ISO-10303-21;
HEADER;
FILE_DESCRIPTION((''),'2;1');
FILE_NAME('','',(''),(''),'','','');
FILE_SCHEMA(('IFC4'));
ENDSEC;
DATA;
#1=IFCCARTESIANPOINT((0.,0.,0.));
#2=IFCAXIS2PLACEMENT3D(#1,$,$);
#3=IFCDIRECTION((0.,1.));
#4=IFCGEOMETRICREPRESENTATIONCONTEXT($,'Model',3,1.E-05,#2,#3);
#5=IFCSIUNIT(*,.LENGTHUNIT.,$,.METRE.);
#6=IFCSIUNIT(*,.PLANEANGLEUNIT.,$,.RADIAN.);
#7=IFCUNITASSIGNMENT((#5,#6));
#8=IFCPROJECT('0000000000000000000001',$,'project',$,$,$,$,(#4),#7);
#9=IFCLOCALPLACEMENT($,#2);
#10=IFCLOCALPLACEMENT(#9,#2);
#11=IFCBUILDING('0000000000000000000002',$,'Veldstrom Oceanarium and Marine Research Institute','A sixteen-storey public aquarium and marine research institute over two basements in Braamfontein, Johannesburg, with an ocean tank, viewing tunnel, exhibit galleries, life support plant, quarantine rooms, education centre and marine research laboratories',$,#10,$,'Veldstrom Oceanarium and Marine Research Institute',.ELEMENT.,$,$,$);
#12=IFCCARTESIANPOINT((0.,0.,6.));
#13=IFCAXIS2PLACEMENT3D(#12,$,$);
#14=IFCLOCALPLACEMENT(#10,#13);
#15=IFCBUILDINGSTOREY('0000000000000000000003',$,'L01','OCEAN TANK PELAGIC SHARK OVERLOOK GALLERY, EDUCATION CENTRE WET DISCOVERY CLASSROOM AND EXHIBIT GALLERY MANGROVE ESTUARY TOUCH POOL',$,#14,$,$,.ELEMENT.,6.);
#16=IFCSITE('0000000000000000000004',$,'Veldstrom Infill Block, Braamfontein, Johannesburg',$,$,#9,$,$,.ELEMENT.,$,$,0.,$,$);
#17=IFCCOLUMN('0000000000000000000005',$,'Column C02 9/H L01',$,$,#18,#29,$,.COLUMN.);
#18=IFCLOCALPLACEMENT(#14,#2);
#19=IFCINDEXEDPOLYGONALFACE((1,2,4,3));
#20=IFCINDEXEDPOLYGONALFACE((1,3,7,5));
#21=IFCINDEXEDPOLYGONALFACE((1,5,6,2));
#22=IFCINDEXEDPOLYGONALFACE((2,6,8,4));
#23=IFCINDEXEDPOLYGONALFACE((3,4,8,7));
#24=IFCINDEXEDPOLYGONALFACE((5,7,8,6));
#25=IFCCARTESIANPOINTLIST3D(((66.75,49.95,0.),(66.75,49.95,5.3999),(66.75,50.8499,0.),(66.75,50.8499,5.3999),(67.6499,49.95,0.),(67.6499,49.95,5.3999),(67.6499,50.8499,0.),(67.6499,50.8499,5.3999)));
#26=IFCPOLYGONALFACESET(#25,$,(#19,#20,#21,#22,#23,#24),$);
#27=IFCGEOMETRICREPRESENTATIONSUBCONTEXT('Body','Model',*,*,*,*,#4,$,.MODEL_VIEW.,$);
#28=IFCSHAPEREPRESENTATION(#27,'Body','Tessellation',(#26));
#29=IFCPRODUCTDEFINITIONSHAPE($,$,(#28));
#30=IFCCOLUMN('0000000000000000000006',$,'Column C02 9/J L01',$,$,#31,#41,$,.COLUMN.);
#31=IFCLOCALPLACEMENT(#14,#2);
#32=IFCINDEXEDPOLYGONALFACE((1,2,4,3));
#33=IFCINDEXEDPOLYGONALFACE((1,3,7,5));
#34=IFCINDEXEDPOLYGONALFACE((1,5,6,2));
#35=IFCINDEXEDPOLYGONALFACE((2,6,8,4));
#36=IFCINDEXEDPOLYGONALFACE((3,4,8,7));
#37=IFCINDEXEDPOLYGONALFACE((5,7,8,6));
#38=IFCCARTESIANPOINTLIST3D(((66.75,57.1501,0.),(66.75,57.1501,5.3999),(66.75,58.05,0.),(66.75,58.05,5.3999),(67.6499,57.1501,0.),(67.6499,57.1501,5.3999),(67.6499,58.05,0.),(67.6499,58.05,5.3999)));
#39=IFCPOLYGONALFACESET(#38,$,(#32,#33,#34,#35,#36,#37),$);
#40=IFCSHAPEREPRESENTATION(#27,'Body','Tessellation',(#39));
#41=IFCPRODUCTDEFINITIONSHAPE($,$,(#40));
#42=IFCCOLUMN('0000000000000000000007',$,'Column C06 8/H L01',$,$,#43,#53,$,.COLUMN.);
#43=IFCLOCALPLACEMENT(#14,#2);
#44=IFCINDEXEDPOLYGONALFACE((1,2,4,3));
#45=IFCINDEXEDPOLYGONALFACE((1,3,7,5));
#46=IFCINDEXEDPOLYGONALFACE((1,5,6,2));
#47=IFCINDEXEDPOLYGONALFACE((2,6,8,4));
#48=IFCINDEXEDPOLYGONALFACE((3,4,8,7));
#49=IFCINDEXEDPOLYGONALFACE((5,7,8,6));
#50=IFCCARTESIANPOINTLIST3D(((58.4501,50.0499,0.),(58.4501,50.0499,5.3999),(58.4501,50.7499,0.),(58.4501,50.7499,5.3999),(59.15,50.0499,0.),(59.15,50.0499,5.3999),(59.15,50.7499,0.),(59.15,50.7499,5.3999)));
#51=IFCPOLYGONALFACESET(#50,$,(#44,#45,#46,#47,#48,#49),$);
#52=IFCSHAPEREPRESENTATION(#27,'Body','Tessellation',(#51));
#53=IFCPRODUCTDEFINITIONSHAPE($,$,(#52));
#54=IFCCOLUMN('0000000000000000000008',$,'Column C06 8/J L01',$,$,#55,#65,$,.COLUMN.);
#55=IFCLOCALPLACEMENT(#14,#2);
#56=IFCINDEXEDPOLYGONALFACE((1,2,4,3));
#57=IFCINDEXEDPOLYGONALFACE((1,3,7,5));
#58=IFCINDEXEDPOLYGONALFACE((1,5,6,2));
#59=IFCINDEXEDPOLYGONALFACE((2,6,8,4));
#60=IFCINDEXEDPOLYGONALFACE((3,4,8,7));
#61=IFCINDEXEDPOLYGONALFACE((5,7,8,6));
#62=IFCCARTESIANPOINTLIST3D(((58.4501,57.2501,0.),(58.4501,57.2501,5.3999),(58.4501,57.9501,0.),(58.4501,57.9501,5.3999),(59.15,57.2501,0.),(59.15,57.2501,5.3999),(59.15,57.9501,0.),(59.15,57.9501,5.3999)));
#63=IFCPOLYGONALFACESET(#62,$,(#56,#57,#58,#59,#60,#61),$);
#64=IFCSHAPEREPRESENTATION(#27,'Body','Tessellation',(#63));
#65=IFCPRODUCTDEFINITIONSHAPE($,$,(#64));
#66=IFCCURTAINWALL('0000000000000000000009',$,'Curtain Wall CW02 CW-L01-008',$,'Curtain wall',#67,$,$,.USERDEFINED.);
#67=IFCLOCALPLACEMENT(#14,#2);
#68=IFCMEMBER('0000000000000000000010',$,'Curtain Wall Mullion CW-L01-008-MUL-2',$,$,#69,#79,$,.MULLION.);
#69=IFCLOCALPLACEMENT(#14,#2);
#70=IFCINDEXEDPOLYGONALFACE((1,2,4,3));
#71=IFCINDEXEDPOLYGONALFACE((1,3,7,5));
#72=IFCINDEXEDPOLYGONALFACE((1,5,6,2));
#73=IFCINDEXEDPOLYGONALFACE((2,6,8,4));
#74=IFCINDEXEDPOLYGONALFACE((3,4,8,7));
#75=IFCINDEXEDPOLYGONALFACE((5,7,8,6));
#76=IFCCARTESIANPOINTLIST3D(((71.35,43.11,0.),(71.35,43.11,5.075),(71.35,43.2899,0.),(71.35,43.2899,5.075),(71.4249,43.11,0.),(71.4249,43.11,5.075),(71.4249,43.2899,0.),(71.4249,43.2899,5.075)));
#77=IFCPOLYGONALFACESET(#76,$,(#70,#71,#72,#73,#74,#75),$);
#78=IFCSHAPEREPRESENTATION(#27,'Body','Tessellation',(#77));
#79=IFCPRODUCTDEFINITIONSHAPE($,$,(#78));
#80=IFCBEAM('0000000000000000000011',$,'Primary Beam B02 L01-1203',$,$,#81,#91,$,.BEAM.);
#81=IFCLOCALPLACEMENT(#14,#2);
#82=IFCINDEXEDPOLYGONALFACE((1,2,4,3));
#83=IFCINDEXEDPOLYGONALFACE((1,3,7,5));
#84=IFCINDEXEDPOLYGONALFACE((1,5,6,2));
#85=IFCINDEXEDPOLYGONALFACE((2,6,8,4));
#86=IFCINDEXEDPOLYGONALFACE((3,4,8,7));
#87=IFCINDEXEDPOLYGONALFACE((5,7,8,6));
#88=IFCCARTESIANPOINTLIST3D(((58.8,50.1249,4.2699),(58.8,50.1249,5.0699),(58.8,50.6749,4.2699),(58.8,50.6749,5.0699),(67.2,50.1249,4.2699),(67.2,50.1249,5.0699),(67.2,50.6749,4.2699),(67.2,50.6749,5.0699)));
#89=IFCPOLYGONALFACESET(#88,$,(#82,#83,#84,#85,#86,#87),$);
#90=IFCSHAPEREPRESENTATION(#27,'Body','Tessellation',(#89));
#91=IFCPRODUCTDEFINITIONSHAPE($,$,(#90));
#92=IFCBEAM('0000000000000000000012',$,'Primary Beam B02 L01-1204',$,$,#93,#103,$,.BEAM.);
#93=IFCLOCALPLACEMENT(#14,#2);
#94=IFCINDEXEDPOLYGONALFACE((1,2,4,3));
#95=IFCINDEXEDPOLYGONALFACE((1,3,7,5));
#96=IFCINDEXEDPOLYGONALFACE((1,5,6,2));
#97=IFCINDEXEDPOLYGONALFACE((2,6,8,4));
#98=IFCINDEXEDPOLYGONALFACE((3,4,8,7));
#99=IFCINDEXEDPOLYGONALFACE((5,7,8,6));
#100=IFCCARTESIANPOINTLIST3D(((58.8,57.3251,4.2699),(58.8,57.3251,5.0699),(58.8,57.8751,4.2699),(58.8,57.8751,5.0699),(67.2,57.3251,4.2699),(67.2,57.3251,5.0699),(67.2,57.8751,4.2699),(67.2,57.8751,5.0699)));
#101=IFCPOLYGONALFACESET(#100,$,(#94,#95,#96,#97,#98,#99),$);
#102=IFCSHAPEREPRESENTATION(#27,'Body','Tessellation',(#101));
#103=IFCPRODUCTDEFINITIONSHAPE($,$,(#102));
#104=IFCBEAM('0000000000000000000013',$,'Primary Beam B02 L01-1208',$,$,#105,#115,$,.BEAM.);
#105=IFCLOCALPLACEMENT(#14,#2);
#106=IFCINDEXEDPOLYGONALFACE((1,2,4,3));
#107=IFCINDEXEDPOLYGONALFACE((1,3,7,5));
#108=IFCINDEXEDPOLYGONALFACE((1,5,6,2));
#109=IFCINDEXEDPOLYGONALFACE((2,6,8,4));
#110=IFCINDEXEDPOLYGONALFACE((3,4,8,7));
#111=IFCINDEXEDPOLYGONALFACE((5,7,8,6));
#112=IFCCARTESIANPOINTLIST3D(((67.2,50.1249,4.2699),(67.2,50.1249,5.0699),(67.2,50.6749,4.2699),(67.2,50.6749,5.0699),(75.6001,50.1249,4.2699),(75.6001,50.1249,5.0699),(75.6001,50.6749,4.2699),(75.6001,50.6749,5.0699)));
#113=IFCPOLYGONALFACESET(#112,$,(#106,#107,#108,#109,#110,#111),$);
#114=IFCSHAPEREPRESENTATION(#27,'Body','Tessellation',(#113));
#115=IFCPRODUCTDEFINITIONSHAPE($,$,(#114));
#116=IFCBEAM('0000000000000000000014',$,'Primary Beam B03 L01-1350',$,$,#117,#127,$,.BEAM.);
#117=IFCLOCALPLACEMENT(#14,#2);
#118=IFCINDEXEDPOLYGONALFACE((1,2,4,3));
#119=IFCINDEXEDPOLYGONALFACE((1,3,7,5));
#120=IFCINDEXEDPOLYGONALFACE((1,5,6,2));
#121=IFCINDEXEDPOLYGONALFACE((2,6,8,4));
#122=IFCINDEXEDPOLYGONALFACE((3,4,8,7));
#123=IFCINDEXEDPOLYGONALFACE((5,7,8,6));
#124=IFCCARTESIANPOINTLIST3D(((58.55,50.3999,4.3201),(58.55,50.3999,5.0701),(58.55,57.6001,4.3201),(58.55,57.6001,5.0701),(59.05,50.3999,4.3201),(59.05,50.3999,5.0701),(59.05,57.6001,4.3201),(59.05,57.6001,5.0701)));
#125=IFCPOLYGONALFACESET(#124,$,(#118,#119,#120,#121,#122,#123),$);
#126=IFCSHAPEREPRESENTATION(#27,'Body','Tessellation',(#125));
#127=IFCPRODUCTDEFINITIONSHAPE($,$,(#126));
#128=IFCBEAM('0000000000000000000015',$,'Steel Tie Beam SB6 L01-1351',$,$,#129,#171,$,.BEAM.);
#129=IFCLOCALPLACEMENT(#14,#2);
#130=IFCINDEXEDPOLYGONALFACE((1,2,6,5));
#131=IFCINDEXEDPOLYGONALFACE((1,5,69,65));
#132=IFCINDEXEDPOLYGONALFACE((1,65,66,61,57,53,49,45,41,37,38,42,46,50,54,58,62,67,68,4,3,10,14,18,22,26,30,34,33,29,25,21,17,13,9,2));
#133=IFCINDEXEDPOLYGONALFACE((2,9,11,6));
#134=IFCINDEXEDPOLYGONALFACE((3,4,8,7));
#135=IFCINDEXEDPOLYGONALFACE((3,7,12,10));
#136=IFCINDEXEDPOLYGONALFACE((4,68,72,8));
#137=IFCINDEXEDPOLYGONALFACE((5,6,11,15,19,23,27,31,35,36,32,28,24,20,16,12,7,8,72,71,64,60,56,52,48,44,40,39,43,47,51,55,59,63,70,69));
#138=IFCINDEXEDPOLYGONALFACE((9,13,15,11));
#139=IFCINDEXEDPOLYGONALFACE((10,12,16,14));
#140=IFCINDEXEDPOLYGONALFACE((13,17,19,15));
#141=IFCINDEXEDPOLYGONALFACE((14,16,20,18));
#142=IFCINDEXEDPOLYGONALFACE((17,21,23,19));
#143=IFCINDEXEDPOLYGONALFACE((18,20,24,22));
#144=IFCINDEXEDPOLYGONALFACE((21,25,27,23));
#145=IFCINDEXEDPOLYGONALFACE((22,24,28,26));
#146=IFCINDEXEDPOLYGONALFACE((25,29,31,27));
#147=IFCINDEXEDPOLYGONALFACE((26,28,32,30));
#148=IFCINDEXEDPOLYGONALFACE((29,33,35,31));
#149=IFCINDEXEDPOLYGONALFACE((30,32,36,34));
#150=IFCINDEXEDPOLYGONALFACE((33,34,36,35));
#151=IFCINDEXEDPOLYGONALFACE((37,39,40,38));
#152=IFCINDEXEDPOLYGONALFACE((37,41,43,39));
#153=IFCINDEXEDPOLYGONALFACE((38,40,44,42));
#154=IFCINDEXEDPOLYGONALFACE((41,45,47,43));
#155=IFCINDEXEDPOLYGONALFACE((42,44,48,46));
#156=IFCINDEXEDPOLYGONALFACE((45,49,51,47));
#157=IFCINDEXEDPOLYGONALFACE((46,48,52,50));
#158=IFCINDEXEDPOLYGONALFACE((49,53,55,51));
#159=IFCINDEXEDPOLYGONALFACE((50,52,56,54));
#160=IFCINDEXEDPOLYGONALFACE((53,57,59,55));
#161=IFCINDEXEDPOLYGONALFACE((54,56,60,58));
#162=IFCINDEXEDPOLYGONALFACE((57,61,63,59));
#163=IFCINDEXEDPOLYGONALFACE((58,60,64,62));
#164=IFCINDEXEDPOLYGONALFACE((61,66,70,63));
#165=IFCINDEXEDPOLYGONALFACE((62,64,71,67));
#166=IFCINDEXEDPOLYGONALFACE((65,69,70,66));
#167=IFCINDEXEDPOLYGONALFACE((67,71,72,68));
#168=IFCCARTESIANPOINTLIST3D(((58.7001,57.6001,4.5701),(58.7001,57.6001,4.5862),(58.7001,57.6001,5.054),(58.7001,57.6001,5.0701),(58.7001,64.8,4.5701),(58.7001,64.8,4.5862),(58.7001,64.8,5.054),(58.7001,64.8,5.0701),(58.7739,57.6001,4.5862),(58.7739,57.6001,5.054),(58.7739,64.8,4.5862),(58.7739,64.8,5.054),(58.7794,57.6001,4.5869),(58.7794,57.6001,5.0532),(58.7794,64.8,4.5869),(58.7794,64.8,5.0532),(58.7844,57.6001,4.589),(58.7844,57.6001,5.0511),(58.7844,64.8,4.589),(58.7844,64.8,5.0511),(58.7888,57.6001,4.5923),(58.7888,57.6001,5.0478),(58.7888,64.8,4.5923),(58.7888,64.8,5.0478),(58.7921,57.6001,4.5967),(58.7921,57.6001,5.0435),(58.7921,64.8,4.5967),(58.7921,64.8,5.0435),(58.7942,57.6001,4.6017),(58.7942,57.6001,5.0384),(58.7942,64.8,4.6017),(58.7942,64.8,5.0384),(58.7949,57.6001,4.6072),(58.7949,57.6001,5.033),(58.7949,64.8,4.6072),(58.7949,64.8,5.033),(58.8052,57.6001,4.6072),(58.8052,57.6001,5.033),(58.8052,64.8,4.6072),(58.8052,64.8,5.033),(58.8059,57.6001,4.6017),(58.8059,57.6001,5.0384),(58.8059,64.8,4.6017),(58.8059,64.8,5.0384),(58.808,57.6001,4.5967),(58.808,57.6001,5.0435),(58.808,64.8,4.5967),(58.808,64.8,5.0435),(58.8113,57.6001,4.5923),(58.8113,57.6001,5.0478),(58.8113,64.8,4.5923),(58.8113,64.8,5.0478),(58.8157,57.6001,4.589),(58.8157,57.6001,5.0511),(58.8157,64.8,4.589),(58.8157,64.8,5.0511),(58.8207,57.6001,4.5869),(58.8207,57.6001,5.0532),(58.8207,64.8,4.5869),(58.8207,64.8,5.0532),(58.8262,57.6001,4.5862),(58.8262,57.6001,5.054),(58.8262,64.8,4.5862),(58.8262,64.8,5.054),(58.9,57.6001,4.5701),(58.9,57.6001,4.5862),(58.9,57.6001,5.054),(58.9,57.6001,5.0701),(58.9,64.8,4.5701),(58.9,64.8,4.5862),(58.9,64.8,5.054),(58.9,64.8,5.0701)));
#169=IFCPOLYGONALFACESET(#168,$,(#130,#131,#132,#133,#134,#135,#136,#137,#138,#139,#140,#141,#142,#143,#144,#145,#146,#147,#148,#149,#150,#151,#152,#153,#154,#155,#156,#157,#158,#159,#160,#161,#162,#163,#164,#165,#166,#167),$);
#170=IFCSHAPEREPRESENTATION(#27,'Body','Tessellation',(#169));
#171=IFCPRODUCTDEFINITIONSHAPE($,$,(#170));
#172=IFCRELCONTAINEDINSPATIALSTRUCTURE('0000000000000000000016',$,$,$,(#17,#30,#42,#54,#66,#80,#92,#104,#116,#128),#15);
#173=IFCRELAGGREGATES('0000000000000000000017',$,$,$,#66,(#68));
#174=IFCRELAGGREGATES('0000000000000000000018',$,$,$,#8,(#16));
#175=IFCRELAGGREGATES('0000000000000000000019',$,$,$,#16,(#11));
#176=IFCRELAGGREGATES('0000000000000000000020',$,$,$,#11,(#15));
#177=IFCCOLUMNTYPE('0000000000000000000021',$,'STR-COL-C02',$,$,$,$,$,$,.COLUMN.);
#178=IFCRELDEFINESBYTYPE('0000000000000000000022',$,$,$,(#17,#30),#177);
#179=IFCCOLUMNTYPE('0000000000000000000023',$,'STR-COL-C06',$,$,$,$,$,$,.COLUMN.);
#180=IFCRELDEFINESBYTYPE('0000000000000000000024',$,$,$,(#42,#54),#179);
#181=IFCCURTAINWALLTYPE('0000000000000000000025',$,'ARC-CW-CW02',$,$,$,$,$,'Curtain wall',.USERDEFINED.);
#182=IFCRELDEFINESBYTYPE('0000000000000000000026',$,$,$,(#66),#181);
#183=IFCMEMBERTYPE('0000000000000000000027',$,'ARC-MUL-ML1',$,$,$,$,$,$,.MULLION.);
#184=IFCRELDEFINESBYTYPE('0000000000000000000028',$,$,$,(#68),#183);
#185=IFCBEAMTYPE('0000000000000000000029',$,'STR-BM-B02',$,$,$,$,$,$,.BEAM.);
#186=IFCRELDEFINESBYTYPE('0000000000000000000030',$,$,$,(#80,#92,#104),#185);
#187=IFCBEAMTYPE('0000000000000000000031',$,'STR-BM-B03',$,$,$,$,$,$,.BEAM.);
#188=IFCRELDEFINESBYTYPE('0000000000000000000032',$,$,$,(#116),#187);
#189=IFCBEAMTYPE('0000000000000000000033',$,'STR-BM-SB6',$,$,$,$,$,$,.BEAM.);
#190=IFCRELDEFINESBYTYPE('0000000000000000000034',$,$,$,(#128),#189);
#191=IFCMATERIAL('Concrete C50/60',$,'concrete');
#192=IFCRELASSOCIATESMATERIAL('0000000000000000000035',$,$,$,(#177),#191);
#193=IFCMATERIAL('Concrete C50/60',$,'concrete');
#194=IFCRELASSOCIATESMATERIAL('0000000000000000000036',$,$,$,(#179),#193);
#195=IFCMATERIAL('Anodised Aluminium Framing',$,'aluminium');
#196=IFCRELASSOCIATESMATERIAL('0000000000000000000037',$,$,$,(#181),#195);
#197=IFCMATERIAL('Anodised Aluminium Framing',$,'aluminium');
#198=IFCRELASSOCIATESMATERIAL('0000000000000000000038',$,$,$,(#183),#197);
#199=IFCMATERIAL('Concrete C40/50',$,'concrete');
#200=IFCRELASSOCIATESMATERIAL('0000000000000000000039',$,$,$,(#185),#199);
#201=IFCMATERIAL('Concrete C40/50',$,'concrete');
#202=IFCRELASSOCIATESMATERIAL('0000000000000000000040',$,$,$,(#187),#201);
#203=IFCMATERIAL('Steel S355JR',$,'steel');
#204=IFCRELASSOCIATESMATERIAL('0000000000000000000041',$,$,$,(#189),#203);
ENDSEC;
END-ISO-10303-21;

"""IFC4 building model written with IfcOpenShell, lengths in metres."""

from ifc_helpers import new_model, si_unit, direction, frame, origin, origin_2d, place, context, subcontext, project, spatial, rectangle, i_section, extrude, material, material_profile, profile_set, type_object, element, aggregate, save


model = new_model("IFC4")

# Units and contexts
model_context = context("Model", 3, precision=1e-05, world=origin(), true_north=direction((0.0, 1.0)))
body_context = subcontext(model_context, "Body", "Model", "MODEL_VIEW")
ifc_project = project(units=[si_unit("LENGTHUNIT", "METRE"), si_unit("PLANEANGLEUNIT", "RADIAN")], contexts=[model_context])

# Site, building, storey
site_placement = place(None, origin())
site = spatial("IfcSite", under=ifc_project, at=site_placement, Name="Veldstrom Infill Block, Braamfontein, Johannesburg", CompositionType="ELEMENT", RefElevation=0.0)
building_placement = place(site_placement, origin())
building = spatial("IfcBuilding", under=site, at=building_placement, Name="Veldstrom Oceanarium and Marine Research Institute", Description="A sixteen-storey public aquarium and marine research institute over two basements in Braamfontein, Johannesburg, with an ocean tank, viewing tunnel, exhibit galleries, life support plant, quarantine rooms, education centre and marine research laboratories", LongName="Veldstrom Oceanarium and Marine Research Institute", CompositionType="ELEMENT")
storey_placement = place(building_placement, frame((0.0, 0.0, 6.0)))
storey = spatial("IfcBuildingStorey", under=building, at=storey_placement, Name="L01", Description="OCEAN TANK PELAGIC SHARK OVERLOOK GALLERY, EDUCATION CENTRE WET DISCOVERY CLASSROOM AND EXHIBIT GALLERY MANGROVE ESTUARY TOUCH POOL", CompositionType="ELEMENT", Elevation=6.0)

# Columns
ifc_material_1 = material(Name="Concrete C50/60", Category="concrete")
ifc_material_profile_1 = material_profile(ifc_material_1, rectangle(XDim=0.8999, YDim=0.8999, at=origin_2d()), Name="RC-COL-900x900")
ifc_profile_set_1 = profile_set([ifc_material_profile_1], Name="Concrete C50/60")
column_type_1 = type_object("IfcColumnType", Name="STR-COL-C02", PredefinedType="COLUMN", material=ifc_profile_set_1)
for number, where, z_axis, x_axis, name in (
    (1, (67.2, 50.3999, 0.0), (0.0, 0.0, 1.0), (1.0, 0.0, 0.0), "Column C02 9/H L01"),
    (2, (67.2, 57.6001, 0.0), (0.0, 0.0, 1.0), (1.0, 0.0, 0.0), "Column C02 9/J L01"),
):
    element("IfcColumn", number, at=place(storey_placement, frame(where, z_axis=z_axis, x_axis=x_axis)), inside=storey, type_object=column_type_1, Name=name, PredefinedType="COLUMN", context=body_context, shape_type="SweptSolid", body=[
        extrude(rectangle(XDim=0.8999, YDim=0.8999, at=origin_2d()), origin(), (0.0, 0.0, 1.0), 5.3999),
    ])
ifc_material_2 = material(Name="Concrete C50/60", Category="concrete")
ifc_material_profile_2 = material_profile(ifc_material_2, rectangle(XDim=0.7, YDim=0.7, at=origin_2d()), Name="RC-COL-700x700")
ifc_profile_set_2 = profile_set([ifc_material_profile_2], Name="Concrete C50/60")
column_type_2 = type_object("IfcColumnType", Name="STR-COL-C06", PredefinedType="COLUMN", material=ifc_profile_set_2)
for number, where, z_axis, x_axis, name in (
    (3, (58.8, 50.3999, 0.0), (0.0, 0.0, 1.0), (1.0, 0.0, 0.0), "Column C06 8/H L01"),
    (4, (58.8, 57.6001, 0.0), (0.0, 0.0, 1.0), (1.0, 0.0, 0.0), "Column C06 8/J L01"),
):
    element("IfcColumn", number, at=place(storey_placement, frame(where, z_axis=z_axis, x_axis=x_axis)), inside=storey, type_object=column_type_2, Name=name, PredefinedType="COLUMN", context=body_context, shape_type="SweptSolid", body=[
        extrude(rectangle(XDim=0.7, YDim=0.7, at=origin_2d()), origin(), (0.0, 0.0, 1.0), 5.3999),
    ])

# Curtain wall, member
ifc_material_3 = material(Name="Anodised Aluminium Framing", Category="aluminium")
curtain_wall_type = type_object("IfcCurtainWallType", Name="ARC-CW-CW02", ElementType="Curtain wall", PredefinedType="USERDEFINED", material=ifc_material_3)
curtain_wall_placement = place(storey_placement, origin())
curtain_wall = element("IfcCurtainWall", 5, at=curtain_wall_placement, inside=storey, type_object=curtain_wall_type, Name="Curtain Wall CW02 CW-L01-008", ObjectType="Curtain wall", PredefinedType="USERDEFINED")
ifc_material_4 = material(Name="Anodised Aluminium Framing", Category="aluminium")
ifc_material_profile_3 = material_profile(ifc_material_4, rectangle(XDim=0.075, YDim=0.1799, at=origin_2d()), Name="ALU-MUL-75x180")
ifc_profile_set_3 = profile_set([ifc_material_profile_3], Name="Anodised Aluminium Framing")
member_type = type_object("IfcMemberType", Name="ARC-MUL-ML1", PredefinedType="MULLION", material=ifc_profile_set_3)
member_placement = place(storey_placement, frame((71.3875, 43.2, 0.0), z_axis=(0.0, 0.0, 1.0), x_axis=(1.0, 0.0, 0.0)))
member = element("IfcMember", 6, at=member_placement, type_object=member_type, Name="Curtain Wall Mullion CW-L01-008-MUL-2", PredefinedType="MULLION", context=body_context, shape_type="SweptSolid", body=[
    extrude(rectangle(XDim=0.075, YDim=0.1799, at=origin_2d()), origin(), (0.0, 0.0, 1.0), 5.075),
])
aggregate(curtain_wall, [member])

# Beams
ifc_material_5 = material(Name="Concrete C40/50", Category="concrete")
ifc_material_profile_4 = material_profile(ifc_material_5, rectangle(XDim=0.55, YDim=0.8, at=origin_2d()), Name="RC-BM-550x800")
ifc_profile_set_4 = profile_set([ifc_material_profile_4], Name="Concrete C40/50")
beam_type_1 = type_object("IfcBeamType", Name="STR-BM-B02", PredefinedType="BEAM", material=ifc_profile_set_4)
for number, where, z_axis, x_axis, name in (
    (7, (58.8, 50.3999, 4.6699), (1.0, 0.0, 0.0), (0.0, 1.0, 0.0), "Primary Beam B02 L01-1203"),
    (8, (58.8, 57.6001, 4.6699), (1.0, 0.0, 0.0), (0.0, 1.0, 0.0), "Primary Beam B02 L01-1204"),
):
    element("IfcBeam", number, at=place(storey_placement, frame(where, z_axis=z_axis, x_axis=x_axis)), inside=storey, type_object=beam_type_1, Name=name, PredefinedType="BEAM", context=body_context, shape_type="SweptSolid", body=[
        extrude(rectangle(XDim=0.55, YDim=0.8, at=origin_2d()), origin(), (0.0, 0.0, 1.0), 8.3999),
    ])
beam_1_placement = place(storey_placement, frame((67.2, 50.3999, 4.6699), z_axis=(1.0, 0.0, 0.0), x_axis=(0.0, 1.0, 0.0)))
element("IfcBeam", 9, at=beam_1_placement, inside=storey, type_object=beam_type_1, Name="Primary Beam B02 L01-1208", PredefinedType="BEAM", context=body_context, shape_type="SweptSolid", body=[
    extrude(rectangle(XDim=0.55, YDim=0.8, at=origin_2d()), origin(), (0.0, 0.0, 1.0), 8.4001),
])
ifc_material_6 = material(Name="Concrete C40/50", Category="concrete")
ifc_material_profile_5 = material_profile(ifc_material_6, rectangle(XDim=0.5, YDim=0.75, at=origin_2d()), Name="RC-BM-500x750")
ifc_profile_set_5 = profile_set([ifc_material_profile_5], Name="Concrete C40/50")
beam_type_2 = type_object("IfcBeamType", Name="STR-BM-B03", PredefinedType="BEAM", material=ifc_profile_set_5)
beam_2_placement = place(storey_placement, frame((58.8, 50.3999, 4.6951), z_axis=(0.0, 1.0, 0.0), x_axis=(-1.0, 0.0, 0.0)))
element("IfcBeam", 10, at=beam_2_placement, inside=storey, type_object=beam_type_2, Name="Primary Beam B03 L01-1350", PredefinedType="BEAM", context=body_context, shape_type="SweptSolid", body=[
    extrude(rectangle(XDim=0.5, YDim=0.75, at=origin_2d()), origin(), (0.0, 0.0, 1.0), 7.2002),
])
ifc_material_7 = material(Name="Steel S355JR", Category="steel")
ifc_material_profile_6 = material_profile(ifc_material_7, i_section(OverallWidth=0.2, OverallDepth=0.5, WebThickness=0.0103, FlangeThickness=0.0161, FilletRadius=0.021, at=origin_2d()), Name="IPE 500")
ifc_profile_set_6 = profile_set([ifc_material_profile_6], Name="Steel S355JR")
beam_type_3 = type_object("IfcBeamType", Name="STR-BM-SB6", PredefinedType="BEAM", material=ifc_profile_set_6)
beam_3_placement = place(storey_placement, frame((58.8, 57.6001, 4.8201), z_axis=(0.0, 1.0, 0.0), x_axis=(-1.0, 0.0, 0.0)))
element("IfcBeam", 11, at=beam_3_placement, inside=storey, type_object=beam_type_3, Name="Steel Tie Beam SB6 L01-1351", PredefinedType="BEAM", context=body_context, shape_type="SweptSolid", body=[
    extrude(i_section(OverallWidth=0.2, OverallDepth=0.5, WebThickness=0.0103, FlangeThickness=0.0161, FilletRadius=0.021, at=origin_2d()), origin(), (0.0, 0.0, 1.0), 7.2),
])

save(model, "model.ifc")
